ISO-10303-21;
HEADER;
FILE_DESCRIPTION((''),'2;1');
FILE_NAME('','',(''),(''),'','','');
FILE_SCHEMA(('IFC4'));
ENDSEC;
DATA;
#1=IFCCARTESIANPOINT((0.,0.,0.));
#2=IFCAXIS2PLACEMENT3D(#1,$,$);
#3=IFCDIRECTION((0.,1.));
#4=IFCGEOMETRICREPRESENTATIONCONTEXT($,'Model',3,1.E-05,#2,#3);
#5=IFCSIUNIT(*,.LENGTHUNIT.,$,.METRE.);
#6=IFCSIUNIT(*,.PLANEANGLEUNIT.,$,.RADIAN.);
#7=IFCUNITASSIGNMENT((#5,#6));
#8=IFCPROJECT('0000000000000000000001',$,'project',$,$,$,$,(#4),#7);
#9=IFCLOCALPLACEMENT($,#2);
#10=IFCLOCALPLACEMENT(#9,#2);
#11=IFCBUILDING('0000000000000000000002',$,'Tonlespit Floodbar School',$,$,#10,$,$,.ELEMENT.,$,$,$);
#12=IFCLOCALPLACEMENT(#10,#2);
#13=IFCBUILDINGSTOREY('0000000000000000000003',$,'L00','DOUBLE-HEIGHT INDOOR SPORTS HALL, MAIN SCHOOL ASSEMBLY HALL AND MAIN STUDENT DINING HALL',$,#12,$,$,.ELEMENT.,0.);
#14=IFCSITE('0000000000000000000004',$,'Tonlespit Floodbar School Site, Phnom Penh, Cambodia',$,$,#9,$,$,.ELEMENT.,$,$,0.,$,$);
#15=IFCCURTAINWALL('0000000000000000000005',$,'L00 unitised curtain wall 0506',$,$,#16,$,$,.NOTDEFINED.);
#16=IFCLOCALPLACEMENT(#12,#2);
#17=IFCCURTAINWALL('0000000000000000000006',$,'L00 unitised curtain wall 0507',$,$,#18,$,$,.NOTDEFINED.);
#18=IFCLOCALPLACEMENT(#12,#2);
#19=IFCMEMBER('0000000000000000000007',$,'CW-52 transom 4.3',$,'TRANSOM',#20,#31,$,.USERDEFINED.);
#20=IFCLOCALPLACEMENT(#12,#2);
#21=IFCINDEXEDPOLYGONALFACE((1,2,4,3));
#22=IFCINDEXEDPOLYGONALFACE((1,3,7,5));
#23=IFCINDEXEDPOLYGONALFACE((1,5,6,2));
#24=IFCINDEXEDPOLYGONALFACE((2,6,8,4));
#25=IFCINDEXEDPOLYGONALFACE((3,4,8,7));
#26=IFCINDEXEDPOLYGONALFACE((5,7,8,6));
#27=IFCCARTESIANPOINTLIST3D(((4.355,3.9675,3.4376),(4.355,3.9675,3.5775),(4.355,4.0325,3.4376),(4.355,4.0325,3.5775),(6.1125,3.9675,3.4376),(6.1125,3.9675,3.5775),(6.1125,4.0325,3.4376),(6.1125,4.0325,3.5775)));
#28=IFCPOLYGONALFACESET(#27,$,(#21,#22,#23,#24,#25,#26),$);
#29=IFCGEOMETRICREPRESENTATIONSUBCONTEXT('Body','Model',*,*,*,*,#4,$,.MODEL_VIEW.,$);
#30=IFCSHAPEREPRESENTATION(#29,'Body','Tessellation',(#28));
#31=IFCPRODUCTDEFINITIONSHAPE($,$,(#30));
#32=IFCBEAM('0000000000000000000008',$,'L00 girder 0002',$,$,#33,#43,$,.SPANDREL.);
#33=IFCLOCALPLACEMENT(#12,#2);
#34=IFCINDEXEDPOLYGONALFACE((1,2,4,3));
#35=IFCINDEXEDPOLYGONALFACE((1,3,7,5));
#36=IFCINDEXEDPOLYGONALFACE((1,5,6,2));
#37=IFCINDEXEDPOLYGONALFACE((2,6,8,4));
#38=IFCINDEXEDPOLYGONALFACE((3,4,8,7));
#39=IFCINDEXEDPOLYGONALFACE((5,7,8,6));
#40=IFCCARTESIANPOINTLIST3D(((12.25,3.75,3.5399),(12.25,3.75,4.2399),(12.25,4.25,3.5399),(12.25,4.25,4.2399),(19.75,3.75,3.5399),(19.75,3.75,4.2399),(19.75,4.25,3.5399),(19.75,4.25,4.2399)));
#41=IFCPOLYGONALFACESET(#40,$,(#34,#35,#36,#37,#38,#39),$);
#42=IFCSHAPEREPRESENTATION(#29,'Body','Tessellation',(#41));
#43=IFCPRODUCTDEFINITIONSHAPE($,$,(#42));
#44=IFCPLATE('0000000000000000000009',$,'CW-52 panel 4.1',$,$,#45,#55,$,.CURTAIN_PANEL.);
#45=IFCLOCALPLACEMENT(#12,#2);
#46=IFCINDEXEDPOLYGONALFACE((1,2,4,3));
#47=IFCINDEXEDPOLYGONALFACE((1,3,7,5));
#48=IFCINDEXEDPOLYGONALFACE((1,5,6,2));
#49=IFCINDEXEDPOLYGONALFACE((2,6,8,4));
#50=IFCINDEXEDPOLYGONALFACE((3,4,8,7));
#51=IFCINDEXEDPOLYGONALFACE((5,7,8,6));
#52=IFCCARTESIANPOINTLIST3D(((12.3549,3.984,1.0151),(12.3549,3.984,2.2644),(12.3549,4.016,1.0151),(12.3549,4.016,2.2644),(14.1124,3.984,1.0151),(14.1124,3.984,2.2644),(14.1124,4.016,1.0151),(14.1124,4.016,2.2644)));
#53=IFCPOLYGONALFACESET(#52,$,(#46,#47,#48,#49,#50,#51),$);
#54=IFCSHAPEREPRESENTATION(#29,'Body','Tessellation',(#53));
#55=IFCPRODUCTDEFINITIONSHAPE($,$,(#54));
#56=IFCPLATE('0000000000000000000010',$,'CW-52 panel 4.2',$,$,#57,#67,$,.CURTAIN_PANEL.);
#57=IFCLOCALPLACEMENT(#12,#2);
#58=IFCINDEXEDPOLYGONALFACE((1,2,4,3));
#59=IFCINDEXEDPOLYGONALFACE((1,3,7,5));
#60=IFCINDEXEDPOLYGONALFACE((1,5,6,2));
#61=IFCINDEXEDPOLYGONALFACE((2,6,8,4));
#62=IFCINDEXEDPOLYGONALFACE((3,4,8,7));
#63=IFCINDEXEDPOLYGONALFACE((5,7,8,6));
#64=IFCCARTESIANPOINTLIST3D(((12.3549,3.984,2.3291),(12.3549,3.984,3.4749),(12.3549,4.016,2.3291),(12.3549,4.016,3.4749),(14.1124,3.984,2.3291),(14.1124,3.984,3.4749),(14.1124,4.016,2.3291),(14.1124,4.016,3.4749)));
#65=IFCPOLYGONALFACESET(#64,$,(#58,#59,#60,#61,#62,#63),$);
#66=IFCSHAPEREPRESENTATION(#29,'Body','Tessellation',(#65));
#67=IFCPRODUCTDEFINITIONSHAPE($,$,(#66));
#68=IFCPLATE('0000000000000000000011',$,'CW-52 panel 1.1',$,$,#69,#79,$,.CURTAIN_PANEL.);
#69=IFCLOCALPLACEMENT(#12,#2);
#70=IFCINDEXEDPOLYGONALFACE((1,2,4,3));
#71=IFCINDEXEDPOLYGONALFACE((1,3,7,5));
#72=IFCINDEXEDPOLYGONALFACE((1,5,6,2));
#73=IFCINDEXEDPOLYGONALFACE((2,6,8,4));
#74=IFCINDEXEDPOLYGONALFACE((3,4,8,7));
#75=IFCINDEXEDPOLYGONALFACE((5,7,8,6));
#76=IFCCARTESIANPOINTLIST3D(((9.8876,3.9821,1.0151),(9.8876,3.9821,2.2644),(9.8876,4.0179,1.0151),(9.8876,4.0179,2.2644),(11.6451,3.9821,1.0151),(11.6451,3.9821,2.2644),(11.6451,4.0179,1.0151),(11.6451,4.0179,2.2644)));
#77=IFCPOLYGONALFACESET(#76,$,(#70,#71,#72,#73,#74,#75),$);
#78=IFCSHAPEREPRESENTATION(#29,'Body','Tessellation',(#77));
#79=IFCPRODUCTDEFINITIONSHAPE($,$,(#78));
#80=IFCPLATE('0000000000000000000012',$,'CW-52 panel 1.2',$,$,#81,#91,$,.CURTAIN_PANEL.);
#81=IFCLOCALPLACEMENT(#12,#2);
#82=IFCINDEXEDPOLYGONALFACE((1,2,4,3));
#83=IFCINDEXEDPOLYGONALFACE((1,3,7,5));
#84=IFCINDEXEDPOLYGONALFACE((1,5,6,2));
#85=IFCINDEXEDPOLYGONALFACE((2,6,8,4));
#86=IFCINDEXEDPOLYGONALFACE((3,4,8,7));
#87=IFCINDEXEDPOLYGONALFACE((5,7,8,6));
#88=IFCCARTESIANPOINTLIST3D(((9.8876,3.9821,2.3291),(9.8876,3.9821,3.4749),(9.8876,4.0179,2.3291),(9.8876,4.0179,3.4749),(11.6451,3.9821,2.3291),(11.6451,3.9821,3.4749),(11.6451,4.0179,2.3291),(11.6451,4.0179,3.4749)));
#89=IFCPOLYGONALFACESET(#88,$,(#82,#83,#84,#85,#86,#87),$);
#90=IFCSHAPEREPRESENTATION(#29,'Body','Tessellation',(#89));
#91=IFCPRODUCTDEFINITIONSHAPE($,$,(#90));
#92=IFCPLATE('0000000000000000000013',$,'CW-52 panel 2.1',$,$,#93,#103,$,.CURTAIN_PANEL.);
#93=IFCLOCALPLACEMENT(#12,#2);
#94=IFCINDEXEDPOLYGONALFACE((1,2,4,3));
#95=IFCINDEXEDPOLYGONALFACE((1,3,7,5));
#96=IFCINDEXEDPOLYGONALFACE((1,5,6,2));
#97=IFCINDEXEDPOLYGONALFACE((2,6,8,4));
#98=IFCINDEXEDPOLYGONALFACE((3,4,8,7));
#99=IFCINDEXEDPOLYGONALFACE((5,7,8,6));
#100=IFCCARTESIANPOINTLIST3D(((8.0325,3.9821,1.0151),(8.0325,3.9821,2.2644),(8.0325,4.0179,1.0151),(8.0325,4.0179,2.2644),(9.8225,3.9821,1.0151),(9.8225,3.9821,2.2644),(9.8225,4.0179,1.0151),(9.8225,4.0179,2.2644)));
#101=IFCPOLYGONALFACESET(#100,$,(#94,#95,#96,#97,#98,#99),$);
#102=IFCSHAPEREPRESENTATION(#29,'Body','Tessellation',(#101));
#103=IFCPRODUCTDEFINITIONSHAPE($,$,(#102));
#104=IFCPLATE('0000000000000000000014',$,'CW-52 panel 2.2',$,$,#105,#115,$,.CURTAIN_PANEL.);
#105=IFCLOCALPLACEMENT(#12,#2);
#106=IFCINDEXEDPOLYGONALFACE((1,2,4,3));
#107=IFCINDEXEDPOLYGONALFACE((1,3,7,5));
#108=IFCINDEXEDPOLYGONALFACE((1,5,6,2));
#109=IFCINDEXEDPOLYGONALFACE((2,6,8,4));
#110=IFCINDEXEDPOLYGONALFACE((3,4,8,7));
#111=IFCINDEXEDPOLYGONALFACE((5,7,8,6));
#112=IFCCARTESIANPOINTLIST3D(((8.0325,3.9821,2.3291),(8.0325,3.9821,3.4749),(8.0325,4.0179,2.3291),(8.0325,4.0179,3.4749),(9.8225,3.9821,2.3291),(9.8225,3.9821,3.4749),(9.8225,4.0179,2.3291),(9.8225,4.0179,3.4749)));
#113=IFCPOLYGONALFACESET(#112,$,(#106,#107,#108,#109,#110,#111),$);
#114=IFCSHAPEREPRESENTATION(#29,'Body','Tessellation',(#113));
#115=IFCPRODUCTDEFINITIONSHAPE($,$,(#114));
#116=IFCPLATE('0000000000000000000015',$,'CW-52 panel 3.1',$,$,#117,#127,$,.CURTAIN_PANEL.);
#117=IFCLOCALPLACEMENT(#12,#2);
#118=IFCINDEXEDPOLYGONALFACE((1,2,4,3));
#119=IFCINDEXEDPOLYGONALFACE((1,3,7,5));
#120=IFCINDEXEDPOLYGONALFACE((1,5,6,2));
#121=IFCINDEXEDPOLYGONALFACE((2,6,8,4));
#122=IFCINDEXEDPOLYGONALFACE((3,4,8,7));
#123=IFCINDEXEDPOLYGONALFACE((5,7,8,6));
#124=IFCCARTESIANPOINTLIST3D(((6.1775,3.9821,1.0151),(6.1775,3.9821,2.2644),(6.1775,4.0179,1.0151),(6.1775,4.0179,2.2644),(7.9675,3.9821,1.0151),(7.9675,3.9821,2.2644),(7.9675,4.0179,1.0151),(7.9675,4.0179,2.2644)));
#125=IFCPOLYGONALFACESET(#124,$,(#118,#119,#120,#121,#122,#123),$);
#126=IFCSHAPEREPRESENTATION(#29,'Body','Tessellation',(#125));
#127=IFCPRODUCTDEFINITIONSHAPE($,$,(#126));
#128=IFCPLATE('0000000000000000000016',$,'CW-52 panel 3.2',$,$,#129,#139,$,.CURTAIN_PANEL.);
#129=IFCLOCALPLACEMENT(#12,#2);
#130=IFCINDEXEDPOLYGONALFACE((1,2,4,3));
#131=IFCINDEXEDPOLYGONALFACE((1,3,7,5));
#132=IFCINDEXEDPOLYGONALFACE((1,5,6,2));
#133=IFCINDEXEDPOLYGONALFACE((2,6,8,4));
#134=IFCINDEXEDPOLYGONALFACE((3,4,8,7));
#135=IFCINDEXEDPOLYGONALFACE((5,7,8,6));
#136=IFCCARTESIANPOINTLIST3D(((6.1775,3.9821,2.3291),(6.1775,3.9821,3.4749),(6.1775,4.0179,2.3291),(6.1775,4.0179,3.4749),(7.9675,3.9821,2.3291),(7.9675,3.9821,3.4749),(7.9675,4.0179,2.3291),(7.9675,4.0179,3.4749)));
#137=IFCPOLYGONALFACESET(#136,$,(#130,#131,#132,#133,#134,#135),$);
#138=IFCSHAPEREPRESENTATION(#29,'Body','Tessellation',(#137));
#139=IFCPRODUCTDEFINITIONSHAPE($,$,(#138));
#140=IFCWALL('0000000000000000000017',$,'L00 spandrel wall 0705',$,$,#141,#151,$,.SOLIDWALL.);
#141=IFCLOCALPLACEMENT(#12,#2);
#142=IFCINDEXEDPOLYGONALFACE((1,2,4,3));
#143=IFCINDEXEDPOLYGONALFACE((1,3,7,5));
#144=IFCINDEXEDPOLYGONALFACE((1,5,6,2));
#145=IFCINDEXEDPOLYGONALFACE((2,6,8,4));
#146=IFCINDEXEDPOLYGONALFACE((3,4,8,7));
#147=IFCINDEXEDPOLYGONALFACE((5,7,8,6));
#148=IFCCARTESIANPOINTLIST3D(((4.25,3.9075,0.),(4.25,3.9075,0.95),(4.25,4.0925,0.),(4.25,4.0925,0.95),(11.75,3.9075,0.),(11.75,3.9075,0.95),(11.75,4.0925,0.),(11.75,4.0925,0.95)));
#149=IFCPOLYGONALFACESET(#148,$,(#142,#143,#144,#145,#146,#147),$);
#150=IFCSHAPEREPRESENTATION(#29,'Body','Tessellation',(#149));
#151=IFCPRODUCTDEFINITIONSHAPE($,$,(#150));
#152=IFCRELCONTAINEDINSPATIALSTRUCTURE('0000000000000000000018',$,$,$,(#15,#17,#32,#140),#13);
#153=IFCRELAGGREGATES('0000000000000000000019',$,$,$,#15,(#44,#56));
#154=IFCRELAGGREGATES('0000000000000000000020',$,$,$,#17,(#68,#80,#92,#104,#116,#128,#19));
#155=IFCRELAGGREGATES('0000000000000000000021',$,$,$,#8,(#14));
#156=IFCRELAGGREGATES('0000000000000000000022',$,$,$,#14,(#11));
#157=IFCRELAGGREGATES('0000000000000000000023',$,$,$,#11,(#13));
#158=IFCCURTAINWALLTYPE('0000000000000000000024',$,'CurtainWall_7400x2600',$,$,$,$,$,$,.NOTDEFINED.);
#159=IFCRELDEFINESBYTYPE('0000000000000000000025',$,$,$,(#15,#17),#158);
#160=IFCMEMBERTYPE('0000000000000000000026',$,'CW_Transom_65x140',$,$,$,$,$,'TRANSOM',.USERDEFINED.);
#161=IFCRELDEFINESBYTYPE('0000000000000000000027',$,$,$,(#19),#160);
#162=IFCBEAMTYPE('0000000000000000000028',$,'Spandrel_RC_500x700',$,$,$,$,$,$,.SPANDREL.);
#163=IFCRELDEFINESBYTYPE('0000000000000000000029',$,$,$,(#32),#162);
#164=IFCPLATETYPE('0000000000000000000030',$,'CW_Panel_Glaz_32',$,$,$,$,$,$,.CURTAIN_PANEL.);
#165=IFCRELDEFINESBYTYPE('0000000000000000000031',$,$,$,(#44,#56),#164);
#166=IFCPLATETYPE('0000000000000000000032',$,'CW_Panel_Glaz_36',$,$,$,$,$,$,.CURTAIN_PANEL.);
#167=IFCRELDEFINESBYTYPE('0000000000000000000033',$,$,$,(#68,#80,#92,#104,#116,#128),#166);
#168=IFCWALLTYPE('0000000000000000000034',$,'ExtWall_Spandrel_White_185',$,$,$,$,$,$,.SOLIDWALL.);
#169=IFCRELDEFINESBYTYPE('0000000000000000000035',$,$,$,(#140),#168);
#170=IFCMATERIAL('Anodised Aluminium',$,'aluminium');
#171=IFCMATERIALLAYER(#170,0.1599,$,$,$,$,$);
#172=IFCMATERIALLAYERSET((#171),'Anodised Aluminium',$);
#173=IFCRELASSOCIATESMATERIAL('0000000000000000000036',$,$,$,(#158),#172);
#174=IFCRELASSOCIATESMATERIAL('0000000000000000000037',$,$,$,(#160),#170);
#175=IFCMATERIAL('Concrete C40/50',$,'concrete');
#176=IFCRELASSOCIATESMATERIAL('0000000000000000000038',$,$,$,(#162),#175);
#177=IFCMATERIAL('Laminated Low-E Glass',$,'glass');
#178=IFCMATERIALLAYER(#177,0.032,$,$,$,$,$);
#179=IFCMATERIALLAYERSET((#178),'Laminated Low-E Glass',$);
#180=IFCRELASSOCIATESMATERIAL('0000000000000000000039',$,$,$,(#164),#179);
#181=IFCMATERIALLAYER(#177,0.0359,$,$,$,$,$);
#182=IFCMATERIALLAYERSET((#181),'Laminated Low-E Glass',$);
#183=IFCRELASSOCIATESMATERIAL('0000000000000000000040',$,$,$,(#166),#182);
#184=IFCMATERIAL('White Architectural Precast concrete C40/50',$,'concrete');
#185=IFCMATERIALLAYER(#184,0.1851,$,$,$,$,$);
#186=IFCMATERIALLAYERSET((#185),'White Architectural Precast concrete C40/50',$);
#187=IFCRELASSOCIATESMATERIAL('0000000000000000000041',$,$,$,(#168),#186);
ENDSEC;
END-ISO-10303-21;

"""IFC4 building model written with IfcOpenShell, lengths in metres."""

from ifc_helpers import new_model, si_unit, direction, frame, frame_2d, origin, origin_2d, place, context, subcontext, project, spatial, rectangle, extrude, material, layer, layer_set, material_profile, profile_set, type_object, element, aggregate, save


model = new_model("IFC4")

# Units and contexts
model_context = context("Model", 3, precision=1e-05, world=origin(), true_north=direction((0.0, 1.0)))
body_context = subcontext(model_context, "Body", "Model", "MODEL_VIEW")
ifc_project = project(units=[si_unit("LENGTHUNIT", "METRE"), si_unit("PLANEANGLEUNIT", "RADIAN")], contexts=[model_context])

# Site, building, storey
site_placement = place(None, origin())
site = spatial("IfcSite", under=ifc_project, at=site_placement, Name="Tonlespit Floodbar School Site, Phnom Penh, Cambodia", CompositionType="ELEMENT", RefElevation=0.0)
building_placement = place(site_placement, origin())
building = spatial("IfcBuilding", under=site, at=building_placement, Name="Tonlespit Floodbar School", CompositionType="ELEMENT")
storey_placement = place(building_placement, origin())
storey = spatial("IfcBuildingStorey", under=building, at=storey_placement, Name="L00", Description="DOUBLE-HEIGHT INDOOR SPORTS HALL, MAIN SCHOOL ASSEMBLY HALL AND MAIN STUDENT DINING HALL", CompositionType="ELEMENT", Elevation=0.0)

# Shared definitions
ifc_material_1 = material(Name="Concrete C40/50", Category="concrete")

# Curtain walls
ifc_material_2 = material(Name="Anodised Aluminium", Category="aluminium")
ifc_layer_1 = layer(ifc_material_2, 0.1599)
ifc_layer_set_1 = layer_set([ifc_layer_1], Name="Anodised Aluminium")
curtain_wall_type = type_object("IfcCurtainWallType", Name="CurtainWall_7400x2600", PredefinedType="NOTDEFINED", material=ifc_layer_set_1)
curtain_wall_1_placement = place(storey_placement, origin())
curtain_wall_1 = element("IfcCurtainWall", 1, at=curtain_wall_1_placement, inside=storey, type_object=curtain_wall_type, Name="L00 unitised curtain wall 0506", PredefinedType="NOTDEFINED")
curtain_wall_2_placement = place(storey_placement, origin())
curtain_wall_2 = element("IfcCurtainWall", 2, at=curtain_wall_2_placement, inside=storey, type_object=curtain_wall_type, Name="L00 unitised curtain wall 0507", PredefinedType="NOTDEFINED")

# Member
ifc_material_profile_1 = material_profile(ifc_material_2, rectangle(XDim=0.0649, YDim=0.1399, at=origin_2d()), Name="ALU T65x140")
ifc_profile_set_1 = profile_set([ifc_material_profile_1], Name="Anodised Aluminium")
member_type_1 = type_object("IfcMemberType", Name="CW_Transom_65x140", ElementType="TRANSOM", PredefinedType="USERDEFINED", material=ifc_profile_set_1)
member_1_placement = place(storey_placement, frame((6.1125, 4.0, 3.5076), z_axis=(-1.0, 0.0, 0.0), x_axis=(0.0, -1.0, 0.0)))
member_1 = element("IfcMember", 3, at=member_1_placement, type_object=member_type_1, Name="CW-52 transom 4.3", ObjectType="TRANSOM", PredefinedType="USERDEFINED", context=body_context, shape_type="SweptSolid", body=[
    extrude(rectangle(XDim=0.0649, YDim=0.1399, at=origin_2d()), origin(), (0.0, 0.0, 1.0), 1.7576),
])

# Beam
ifc_material_profile_2 = material_profile(ifc_material_1, rectangle(XDim=0.5, YDim=0.7, at=origin_2d()), Name="RC 500x700")
ifc_profile_set_2 = profile_set([ifc_material_profile_2], Name="Concrete C40/50")
beam_type = type_object("IfcBeamType", Name="Spandrel_RC_500x700", PredefinedType="SPANDREL", material=ifc_profile_set_2)
beam_placement = place(storey_placement, frame((12.25, 4.0, 3.8899), z_axis=(1.0, 0.0, 0.0), x_axis=(0.0, 1.0, 0.0)))
element("IfcBeam", 4, at=beam_placement, inside=storey, type_object=beam_type, Name="L00 girder 0002", PredefinedType="SPANDREL", context=body_context, shape_type="SweptSolid", body=[
    extrude(rectangle(XDim=0.5, YDim=0.7, at=origin_2d()), origin(), (0.0, 0.0, 1.0), 7.5),
])

# Plates
ifc_material_3 = material(Name="Laminated Low-E Glass", Category="glass")
ifc_layer_2 = layer(ifc_material_3, 0.032)
ifc_layer_set_2 = layer_set([ifc_layer_2], Name="Laminated Low-E Glass")
plate_type_1 = type_object("IfcPlateType", Name="CW_Panel_Glaz_32", PredefinedType="CURTAIN_PANEL", material=ifc_layer_set_2)
plate_1_placement = place(storey_placement, frame((13.2336, 4.0, 1.0151), z_axis=(0.0, 0.0, 1.0), x_axis=(-1.0, 0.0, 0.0)))
plate_1 = element("IfcPlate", 5, at=plate_1_placement, type_object=plate_type_1, Name="CW-52 panel 4.1", PredefinedType="CURTAIN_PANEL", context=body_context, shape_type="SweptSolid", body=[
    extrude(rectangle(XDim=1.7576, YDim=0.032, at=origin_2d()), origin(), (0.0, 0.0, 1.0), 1.2493),
])
plate_2_placement = place(storey_placement, frame((13.2336, 4.0, 2.3291), z_axis=(0.0, 0.0, 1.0), x_axis=(-1.0, 0.0, 0.0)))
plate_2 = element("IfcPlate", 6, at=plate_2_placement, type_object=plate_type_1, Name="CW-52 panel 4.2", PredefinedType="CURTAIN_PANEL", context=body_context, shape_type="SweptSolid", body=[
    extrude(rectangle(XDim=1.7576, YDim=0.032, at=origin_2d()), origin(), (0.0, 0.0, 1.0), 1.1458),
])
aggregate(curtain_wall_1, [plate_1, plate_2])
ifc_layer_3 = layer(ifc_material_3, 0.0359)
ifc_layer_set_3 = layer_set([ifc_layer_3], Name="Laminated Low-E Glass")
plate_type_2 = type_object("IfcPlateType", Name="CW_Panel_Glaz_36", PredefinedType="CURTAIN_PANEL", material=ifc_layer_set_3)
plate_3_placement = place(storey_placement, frame((10.7664, 4.0, 1.0151), z_axis=(0.0, 0.0, 1.0), x_axis=(-1.0, 0.0, 0.0)))
plate_3 = element("IfcPlate", 7, at=plate_3_placement, type_object=plate_type_2, Name="CW-52 panel 1.1", PredefinedType="CURTAIN_PANEL", context=body_context, shape_type="SweptSolid", body=[
    extrude(rectangle(XDim=1.7576, YDim=0.0359, at=origin_2d()), origin(), (0.0, 0.0, 1.0), 1.2493),
])
plate_4_placement = place(storey_placement, frame((10.7664, 4.0, 2.3291), z_axis=(0.0, 0.0, 1.0), x_axis=(-1.0, 0.0, 0.0)))
plate_4 = element("IfcPlate", 8, at=plate_4_placement, type_object=plate_type_2, Name="CW-52 panel 1.2", PredefinedType="CURTAIN_PANEL", context=body_context, shape_type="SweptSolid", body=[
    extrude(rectangle(XDim=1.7576, YDim=0.0359, at=origin_2d()), origin(), (0.0, 0.0, 1.0), 1.1458),
])
plate_5_placement = place(storey_placement, frame((8.9275, 4.0, 1.0151), z_axis=(0.0, 0.0, 1.0), x_axis=(-1.0, 0.0, 0.0)))
plate_5 = element("IfcPlate", 9, at=plate_5_placement, type_object=plate_type_2, Name="CW-52 panel 2.1", PredefinedType="CURTAIN_PANEL", context=body_context, shape_type="SweptSolid", body=[
    extrude(rectangle(XDim=1.79, YDim=0.0359, at=origin_2d()), origin(), (0.0, 0.0, 1.0), 1.2493),
])
plate_6_placement = place(storey_placement, frame((8.9275, 4.0, 2.3291), z_axis=(0.0, 0.0, 1.0), x_axis=(-1.0, 0.0, 0.0)))
plate_6 = element("IfcPlate", 10, at=plate_6_placement, type_object=plate_type_2, Name="CW-52 panel 2.2", PredefinedType="CURTAIN_PANEL", context=body_context, shape_type="SweptSolid", body=[
    extrude(rectangle(XDim=1.79, YDim=0.0359, at=origin_2d()), origin(), (0.0, 0.0, 1.0), 1.1458),
])
plate_7_placement = place(storey_placement, frame((7.0725, 4.0, 1.0151), z_axis=(0.0, 0.0, 1.0), x_axis=(-1.0, 0.0, 0.0)))
plate_7 = element("IfcPlate", 11, at=plate_7_placement, type_object=plate_type_2, Name="CW-52 panel 3.1", PredefinedType="CURTAIN_PANEL", context=body_context, shape_type="SweptSolid", body=[
    extrude(rectangle(XDim=1.79, YDim=0.0359, at=origin_2d()), origin(), (0.0, 0.0, 1.0), 1.2493),
])
plate_8_placement = place(storey_placement, frame((7.0725, 4.0, 2.3291), z_axis=(0.0, 0.0, 1.0), x_axis=(-1.0, 0.0, 0.0)))
plate_8 = element("IfcPlate", 12, at=plate_8_placement, type_object=plate_type_2, Name="CW-52 panel 3.2", PredefinedType="CURTAIN_PANEL", context=body_context, shape_type="SweptSolid", body=[
    extrude(rectangle(XDim=1.79, YDim=0.0359, at=origin_2d()), origin(), (0.0, 0.0, 1.0), 1.1458),
])
aggregate(curtain_wall_2, [plate_3, plate_4, plate_5, plate_6, plate_7, plate_8, member_1])

# Wall
ifc_material_4 = material(Name="White Architectural Precast concrete C40/50", Category="concrete")
ifc_layer_4 = layer(ifc_material_4, 0.1851)
ifc_layer_set_4 = layer_set([ifc_layer_4], Name="White Architectural Precast concrete C40/50")
wall_type = type_object("IfcWallType", Name="ExtWall_Spandrel_White_185", PredefinedType="SOLIDWALL", material=ifc_layer_set_4)
wall_placement = place(storey_placement, frame((11.75, 4.0, 0.0), z_axis=(0.0, 0.0, 1.0), x_axis=(-1.0, 0.0, 0.0)))
element("IfcWall", 13, at=wall_placement, inside=storey, type_object=wall_type, Name="L00 spandrel wall 0705", PredefinedType="SOLIDWALL", context=body_context, shape_type="SweptSolid", body=[
    extrude(rectangle(XDim=7.5, YDim=0.1851, at=frame_2d((3.75, 0.0))), origin(), (0.0, 0.0, 1.0), 0.95),
])

save(model, "model.ifc")
